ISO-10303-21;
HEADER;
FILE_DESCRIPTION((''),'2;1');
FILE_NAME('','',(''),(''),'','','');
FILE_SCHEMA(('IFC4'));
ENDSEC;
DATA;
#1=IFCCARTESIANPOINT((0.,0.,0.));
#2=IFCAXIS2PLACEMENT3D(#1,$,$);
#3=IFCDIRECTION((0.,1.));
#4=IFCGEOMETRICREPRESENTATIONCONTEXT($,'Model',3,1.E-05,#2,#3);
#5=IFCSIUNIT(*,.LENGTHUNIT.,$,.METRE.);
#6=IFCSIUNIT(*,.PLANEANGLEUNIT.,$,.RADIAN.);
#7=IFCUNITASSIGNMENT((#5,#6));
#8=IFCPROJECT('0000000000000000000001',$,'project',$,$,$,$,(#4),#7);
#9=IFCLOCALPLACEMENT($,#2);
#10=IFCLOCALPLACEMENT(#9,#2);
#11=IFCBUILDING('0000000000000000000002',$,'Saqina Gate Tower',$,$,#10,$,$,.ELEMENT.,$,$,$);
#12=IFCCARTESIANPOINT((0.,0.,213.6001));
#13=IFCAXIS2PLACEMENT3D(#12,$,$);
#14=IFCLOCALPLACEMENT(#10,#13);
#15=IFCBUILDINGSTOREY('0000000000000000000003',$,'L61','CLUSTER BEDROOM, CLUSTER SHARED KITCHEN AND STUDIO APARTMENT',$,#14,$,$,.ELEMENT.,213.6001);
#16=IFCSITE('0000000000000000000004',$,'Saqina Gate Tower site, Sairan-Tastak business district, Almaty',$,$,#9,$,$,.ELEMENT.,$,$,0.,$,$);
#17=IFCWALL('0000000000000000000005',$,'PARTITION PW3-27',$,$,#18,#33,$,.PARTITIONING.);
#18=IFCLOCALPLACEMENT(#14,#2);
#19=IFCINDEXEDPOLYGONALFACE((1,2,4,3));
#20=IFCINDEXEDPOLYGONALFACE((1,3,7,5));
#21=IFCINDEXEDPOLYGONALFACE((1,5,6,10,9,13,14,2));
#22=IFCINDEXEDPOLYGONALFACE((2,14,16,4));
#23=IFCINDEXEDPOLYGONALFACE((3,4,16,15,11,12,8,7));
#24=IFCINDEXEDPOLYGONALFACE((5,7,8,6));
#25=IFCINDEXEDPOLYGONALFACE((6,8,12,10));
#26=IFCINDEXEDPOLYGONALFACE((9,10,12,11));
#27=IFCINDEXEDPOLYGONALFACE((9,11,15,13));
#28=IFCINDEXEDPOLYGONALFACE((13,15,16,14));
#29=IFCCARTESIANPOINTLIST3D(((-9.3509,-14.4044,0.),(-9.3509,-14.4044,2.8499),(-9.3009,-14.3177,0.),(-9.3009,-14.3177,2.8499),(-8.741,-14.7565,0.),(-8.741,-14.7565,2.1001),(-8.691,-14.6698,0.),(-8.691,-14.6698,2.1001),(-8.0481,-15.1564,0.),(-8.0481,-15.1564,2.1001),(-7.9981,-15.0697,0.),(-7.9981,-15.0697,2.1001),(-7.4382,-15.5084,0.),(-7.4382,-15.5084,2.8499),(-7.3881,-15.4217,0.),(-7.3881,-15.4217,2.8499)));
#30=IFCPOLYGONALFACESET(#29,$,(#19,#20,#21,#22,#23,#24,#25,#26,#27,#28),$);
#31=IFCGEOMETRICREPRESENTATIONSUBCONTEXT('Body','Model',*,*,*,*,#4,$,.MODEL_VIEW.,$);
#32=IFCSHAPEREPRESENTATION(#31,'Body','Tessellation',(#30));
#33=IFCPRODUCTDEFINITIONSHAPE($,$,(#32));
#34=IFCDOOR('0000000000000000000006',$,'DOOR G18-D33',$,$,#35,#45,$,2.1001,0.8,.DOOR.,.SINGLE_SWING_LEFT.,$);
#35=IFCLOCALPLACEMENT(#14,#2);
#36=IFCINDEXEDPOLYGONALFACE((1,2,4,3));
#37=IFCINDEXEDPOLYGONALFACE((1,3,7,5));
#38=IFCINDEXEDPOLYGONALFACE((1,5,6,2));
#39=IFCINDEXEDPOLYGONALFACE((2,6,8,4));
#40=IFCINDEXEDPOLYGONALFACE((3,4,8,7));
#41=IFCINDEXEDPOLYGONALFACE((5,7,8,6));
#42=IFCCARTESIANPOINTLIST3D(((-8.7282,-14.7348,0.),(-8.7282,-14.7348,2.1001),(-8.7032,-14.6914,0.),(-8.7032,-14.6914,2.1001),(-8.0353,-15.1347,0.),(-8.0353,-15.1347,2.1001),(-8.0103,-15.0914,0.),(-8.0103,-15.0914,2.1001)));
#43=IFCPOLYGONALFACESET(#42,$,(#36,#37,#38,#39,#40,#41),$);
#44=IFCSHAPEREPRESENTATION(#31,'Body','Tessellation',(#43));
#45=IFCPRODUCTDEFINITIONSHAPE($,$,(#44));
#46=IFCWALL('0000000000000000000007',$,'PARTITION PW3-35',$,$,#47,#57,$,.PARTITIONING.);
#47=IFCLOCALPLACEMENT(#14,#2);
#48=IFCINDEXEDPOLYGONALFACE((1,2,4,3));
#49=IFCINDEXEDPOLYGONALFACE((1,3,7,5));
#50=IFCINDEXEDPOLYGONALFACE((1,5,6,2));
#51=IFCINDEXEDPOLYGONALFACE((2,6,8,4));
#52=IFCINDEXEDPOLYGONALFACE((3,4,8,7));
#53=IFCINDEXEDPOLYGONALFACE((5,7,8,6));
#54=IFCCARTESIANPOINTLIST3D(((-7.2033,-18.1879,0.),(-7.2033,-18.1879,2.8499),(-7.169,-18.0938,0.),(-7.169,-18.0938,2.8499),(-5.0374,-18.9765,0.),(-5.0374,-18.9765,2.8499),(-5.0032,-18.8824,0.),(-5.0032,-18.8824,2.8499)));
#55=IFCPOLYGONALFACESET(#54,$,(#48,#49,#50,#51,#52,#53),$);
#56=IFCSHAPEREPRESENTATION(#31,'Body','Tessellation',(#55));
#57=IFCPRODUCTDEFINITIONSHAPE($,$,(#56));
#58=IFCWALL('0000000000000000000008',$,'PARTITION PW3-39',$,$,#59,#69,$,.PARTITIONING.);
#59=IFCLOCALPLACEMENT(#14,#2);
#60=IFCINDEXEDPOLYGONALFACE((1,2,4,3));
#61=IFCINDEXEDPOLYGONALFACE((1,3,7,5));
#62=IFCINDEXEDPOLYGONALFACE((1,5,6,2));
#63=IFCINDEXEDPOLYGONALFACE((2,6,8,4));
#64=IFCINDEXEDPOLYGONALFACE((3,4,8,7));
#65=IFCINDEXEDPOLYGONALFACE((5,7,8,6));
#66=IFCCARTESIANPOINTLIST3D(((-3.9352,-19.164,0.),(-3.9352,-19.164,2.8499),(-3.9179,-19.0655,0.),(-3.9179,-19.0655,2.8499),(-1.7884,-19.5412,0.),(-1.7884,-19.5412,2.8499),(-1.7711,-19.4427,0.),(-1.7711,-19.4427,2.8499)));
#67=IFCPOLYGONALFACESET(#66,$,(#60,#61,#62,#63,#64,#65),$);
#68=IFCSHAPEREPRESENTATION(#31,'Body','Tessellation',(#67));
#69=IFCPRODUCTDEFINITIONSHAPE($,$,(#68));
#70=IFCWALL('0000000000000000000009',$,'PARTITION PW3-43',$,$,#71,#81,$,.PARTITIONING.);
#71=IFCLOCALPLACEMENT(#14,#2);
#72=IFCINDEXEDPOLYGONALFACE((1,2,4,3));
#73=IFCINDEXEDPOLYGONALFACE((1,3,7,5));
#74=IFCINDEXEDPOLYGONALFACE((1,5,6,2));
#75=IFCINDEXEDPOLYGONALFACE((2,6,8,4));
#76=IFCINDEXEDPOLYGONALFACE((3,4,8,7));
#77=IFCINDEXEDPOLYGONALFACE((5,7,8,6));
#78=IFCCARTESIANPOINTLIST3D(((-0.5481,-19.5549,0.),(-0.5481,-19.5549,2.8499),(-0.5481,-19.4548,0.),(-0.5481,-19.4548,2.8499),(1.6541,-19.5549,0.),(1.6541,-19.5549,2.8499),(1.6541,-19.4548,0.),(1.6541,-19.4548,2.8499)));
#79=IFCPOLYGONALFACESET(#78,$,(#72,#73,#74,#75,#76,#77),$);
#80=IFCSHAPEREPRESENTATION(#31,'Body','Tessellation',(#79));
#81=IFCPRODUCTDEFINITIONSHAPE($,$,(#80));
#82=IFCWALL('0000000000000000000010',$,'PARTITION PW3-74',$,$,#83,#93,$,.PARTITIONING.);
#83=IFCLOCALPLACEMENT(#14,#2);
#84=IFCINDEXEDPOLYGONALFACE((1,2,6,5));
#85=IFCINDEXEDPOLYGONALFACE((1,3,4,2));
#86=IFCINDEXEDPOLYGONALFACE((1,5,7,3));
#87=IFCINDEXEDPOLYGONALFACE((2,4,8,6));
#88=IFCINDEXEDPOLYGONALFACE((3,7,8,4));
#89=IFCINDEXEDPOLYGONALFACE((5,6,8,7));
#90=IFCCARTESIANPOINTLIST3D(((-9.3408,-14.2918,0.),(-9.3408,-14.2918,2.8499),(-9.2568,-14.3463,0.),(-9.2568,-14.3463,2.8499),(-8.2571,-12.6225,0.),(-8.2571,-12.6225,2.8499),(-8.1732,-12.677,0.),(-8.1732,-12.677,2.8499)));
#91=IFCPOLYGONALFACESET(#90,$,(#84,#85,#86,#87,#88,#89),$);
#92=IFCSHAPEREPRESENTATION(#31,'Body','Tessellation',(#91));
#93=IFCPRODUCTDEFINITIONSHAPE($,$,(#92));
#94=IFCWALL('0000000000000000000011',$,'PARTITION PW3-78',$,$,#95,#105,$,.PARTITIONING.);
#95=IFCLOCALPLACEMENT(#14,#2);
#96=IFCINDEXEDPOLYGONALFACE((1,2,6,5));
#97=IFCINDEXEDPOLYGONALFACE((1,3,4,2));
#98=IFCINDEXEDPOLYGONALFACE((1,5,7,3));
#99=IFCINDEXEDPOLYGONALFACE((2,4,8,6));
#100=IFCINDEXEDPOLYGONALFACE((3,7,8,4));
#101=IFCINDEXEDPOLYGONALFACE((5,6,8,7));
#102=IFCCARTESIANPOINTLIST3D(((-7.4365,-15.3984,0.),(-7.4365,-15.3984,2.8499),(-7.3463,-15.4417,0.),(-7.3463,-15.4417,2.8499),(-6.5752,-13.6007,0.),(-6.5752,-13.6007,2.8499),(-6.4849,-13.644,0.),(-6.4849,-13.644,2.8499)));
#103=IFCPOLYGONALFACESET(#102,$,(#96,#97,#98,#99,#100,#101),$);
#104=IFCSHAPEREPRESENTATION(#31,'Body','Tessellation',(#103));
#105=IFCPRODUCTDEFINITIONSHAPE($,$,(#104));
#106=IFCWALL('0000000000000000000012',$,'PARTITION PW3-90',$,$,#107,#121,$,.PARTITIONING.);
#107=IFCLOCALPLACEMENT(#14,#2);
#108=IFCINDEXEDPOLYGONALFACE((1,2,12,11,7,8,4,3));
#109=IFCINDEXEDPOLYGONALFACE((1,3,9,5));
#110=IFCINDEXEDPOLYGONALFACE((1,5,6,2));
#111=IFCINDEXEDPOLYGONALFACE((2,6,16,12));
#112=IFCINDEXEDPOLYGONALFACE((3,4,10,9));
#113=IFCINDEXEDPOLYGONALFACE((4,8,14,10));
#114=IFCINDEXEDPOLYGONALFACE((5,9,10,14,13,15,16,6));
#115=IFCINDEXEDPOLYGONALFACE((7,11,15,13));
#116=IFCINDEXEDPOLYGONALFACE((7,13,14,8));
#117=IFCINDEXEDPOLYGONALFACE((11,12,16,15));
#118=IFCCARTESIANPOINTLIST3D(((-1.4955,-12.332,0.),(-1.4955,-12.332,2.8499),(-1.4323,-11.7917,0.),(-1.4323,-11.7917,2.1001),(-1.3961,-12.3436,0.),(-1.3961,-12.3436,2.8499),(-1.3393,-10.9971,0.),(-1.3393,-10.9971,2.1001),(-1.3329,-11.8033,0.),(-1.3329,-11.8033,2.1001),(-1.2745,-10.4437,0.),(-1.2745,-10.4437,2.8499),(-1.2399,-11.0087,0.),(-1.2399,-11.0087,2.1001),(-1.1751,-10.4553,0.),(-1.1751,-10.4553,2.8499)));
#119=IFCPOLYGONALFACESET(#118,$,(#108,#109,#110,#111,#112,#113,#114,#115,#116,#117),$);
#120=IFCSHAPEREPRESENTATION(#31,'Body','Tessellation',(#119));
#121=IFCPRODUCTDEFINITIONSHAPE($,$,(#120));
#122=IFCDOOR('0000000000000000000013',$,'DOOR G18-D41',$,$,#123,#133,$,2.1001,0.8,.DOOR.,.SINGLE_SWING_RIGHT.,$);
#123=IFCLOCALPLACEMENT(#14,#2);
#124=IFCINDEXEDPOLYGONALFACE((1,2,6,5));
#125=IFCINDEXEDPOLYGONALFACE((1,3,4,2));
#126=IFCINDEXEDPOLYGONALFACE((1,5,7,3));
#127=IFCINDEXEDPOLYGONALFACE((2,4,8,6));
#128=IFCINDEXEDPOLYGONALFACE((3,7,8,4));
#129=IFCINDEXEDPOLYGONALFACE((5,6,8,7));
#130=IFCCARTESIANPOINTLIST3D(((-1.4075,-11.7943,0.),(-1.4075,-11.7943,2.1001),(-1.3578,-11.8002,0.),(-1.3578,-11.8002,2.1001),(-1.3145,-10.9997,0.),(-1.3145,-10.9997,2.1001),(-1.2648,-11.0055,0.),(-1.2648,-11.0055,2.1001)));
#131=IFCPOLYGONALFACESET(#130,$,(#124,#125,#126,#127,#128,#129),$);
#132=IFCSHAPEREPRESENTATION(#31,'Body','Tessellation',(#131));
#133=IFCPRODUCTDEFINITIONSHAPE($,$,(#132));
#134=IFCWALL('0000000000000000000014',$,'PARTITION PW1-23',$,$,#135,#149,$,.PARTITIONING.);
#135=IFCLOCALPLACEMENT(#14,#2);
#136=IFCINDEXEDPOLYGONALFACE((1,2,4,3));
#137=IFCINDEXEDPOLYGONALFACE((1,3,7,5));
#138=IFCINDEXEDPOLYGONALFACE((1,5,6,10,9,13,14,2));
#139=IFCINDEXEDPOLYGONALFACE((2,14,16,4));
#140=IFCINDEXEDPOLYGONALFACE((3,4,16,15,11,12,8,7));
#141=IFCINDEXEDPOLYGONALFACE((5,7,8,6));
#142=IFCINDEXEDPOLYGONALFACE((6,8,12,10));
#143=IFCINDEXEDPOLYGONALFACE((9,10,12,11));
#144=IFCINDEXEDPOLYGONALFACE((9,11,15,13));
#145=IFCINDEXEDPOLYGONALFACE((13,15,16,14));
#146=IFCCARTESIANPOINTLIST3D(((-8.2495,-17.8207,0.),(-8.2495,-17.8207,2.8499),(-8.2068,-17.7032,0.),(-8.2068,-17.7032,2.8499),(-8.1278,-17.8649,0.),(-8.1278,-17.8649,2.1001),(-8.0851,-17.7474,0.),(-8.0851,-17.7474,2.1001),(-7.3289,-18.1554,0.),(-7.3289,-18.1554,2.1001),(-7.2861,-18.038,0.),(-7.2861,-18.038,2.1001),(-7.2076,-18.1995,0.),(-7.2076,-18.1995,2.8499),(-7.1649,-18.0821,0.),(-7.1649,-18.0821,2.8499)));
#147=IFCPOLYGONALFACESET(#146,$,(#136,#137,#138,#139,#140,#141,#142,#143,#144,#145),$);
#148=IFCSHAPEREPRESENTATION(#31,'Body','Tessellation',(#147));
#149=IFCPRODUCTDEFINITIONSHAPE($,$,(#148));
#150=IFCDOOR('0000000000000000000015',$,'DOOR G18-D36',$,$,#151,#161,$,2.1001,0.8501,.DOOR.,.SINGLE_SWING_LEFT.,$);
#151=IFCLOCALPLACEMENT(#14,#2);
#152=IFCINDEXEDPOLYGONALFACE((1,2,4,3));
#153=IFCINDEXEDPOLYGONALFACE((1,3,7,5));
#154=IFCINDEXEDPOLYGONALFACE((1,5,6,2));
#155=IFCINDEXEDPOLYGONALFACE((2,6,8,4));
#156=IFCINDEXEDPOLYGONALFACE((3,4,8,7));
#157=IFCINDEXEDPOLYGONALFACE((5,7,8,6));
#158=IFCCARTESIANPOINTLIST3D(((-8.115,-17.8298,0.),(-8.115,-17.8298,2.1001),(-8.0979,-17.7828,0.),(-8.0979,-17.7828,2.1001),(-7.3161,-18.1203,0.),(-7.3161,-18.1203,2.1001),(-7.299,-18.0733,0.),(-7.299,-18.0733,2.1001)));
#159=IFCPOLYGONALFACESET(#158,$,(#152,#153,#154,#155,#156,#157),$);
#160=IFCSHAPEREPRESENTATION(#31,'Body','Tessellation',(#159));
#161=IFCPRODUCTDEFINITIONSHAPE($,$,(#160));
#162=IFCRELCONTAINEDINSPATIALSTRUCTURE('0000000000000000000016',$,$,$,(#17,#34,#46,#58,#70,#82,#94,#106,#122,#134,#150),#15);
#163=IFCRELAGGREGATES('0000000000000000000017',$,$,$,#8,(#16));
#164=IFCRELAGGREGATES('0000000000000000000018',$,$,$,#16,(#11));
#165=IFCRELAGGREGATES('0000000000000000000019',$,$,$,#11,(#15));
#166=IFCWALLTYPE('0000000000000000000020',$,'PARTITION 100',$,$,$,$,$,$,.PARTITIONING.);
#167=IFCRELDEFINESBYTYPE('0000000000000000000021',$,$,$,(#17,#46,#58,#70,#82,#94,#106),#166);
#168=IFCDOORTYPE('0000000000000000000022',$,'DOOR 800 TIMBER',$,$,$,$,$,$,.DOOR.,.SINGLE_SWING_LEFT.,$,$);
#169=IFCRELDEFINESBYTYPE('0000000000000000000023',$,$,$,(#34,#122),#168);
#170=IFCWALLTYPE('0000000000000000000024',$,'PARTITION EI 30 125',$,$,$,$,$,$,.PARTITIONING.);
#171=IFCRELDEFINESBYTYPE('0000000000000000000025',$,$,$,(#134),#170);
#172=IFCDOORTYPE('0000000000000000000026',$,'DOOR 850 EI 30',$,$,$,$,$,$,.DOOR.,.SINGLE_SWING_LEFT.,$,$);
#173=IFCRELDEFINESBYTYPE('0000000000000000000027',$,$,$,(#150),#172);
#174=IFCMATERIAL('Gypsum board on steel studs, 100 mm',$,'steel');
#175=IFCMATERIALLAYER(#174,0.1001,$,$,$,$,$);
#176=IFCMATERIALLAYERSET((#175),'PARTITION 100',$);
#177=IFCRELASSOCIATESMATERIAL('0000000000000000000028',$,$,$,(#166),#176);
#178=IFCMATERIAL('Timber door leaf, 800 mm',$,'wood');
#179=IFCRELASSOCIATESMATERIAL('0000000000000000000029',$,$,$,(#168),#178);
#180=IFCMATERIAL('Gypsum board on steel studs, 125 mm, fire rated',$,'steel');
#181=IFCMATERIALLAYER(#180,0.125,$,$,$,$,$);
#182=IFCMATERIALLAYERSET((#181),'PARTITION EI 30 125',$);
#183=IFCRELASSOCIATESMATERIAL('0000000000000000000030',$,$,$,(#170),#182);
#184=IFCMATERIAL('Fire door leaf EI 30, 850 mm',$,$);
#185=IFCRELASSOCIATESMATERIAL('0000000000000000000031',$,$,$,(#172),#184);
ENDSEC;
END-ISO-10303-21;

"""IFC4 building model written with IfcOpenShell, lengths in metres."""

from ifc_helpers import new_model, si_unit, direction, frame, frame_2d, origin, place, context, subcontext, project, spatial, rectangle, extrude, material, layer, layer_set, type_object, element, fill, save


model = new_model("IFC4")

# Units and contexts
model_context = context("Model", 3, precision=1e-05, world=origin(), true_north=direction((0.0, 1.0)))
body_context = subcontext(model_context, "Body", "Model", "MODEL_VIEW")
ifc_project = project(units=[si_unit("LENGTHUNIT", "METRE"), si_unit("PLANEANGLEUNIT", "RADIAN")], contexts=[model_context])

# Site, building, storey
site_placement = place(None, origin())
site = spatial("IfcSite", under=ifc_project, at=site_placement, Name="Saqina Gate Tower site, Sairan-Tastak business district, Almaty", CompositionType="ELEMENT", RefElevation=0.0)
building_placement = place(site_placement, origin())
building = spatial("IfcBuilding", under=site, at=building_placement, Name="Saqina Gate Tower", CompositionType="ELEMENT")
storey_placement = place(building_placement, frame((0.0, 0.0, 213.6001)))
storey = spatial("IfcBuildingStorey", under=building, at=storey_placement, Name="L61", Description="CLUSTER BEDROOM, CLUSTER SHARED KITCHEN AND STUDIO APARTMENT", CompositionType="ELEMENT", Elevation=213.6001)

# Wall, opening, door
ifc_material_1 = material(Name="Gypsum board on steel studs, 100 mm", Category="steel")
ifc_layer_1 = layer(ifc_material_1, 0.1001)
ifc_layer_set_1 = layer_set([ifc_layer_1], Name="PARTITION 100")
wall_type_1 = type_object("IfcWallType", Name="PARTITION 100", PredefinedType="PARTITIONING", material=ifc_layer_set_1)
wall_1_placement = place(storey_placement, frame((-9.3259, -14.3611, 0.0), z_axis=(0.0, 0.0, 1.0), x_axis=(0.866099, -0.499872, 0.0)))
wall_1 = element("IfcWall", 1, at=wall_1_placement, inside=storey, type_object=wall_type_1, Name="PARTITION PW3-27", PredefinedType="PARTITIONING", context=body_context, shape_type="SweptSolid", body=[
    extrude(rectangle(XDim=2.2085, YDim=0.1001, at=frame_2d((1.1042, 0.0))), origin(), (0.0, 0.0, 1.0), 2.8499),
])
opening_1_placement = place(wall_1_placement, frame((0.7043, 0.0, 0.0)))
opening_1 = element("IfcOpeningElement", 2, at=opening_1_placement, cuts=wall_1, PredefinedType="OPENING", context=body_context, shape_type="SweptSolid", body=[
    extrude(rectangle(XDim=0.8, YDim=2.1001, at=frame_2d((0.3999, 1.05))), frame((0.0, 0.062, 0.0), z_axis=(0.0, -1.0, 0.0), x_axis=(1.0, 0.0, 0.0)), (0.0, 0.0, 1.0), 0.124),
])
ifc_material_2 = material(Name="Timber door leaf, 800 mm", Category="wood")
door_type_1 = type_object("IfcDoorType", Name="DOOR 800 TIMBER", OperationType="SINGLE_SWING_LEFT", PredefinedType="DOOR", material=ifc_material_2)
door_1_placement = place(opening_1_placement, frame((0.8, 0.0, 0.0), z_axis=(0.0, 0.0, 1.0), x_axis=(-1.0, 0.0, 0.0)))
door_1 = element("IfcDoor", 3, at=door_1_placement, inside=storey, type_object=door_type_1, Name="DOOR G18-D33", OperationType="SINGLE_SWING_LEFT", OverallHeight=2.1001, OverallWidth=0.8, PredefinedType="DOOR", context=body_context, shape_type="SweptSolid", body=[
    extrude(rectangle(XDim=0.8, YDim=2.1001, at=frame_2d((0.3999, 1.05))), frame((0.0, 0.0249, 0.0), z_axis=(0.0, -1.0, 0.0), x_axis=(1.0, 0.0, 0.0)), (0.0, 0.0, 1.0), 0.05),
])
fill(opening_1, door_1)

# Walls
wall_2_placement = place(storey_placement, frame((-7.186, -18.1409, 0.0), z_axis=(0.0, 0.0, 1.0), x_axis=(0.939651, -0.342134, 0.0)))
element("IfcWall", 4, at=wall_2_placement, inside=storey, type_object=wall_type_1, Name="PARTITION PW3-35", PredefinedType="PARTITIONING", context=body_context, shape_type="SweptSolid", body=[
    extrude(rectangle(XDim=2.3049, YDim=0.1001, at=frame_2d((1.1523, 0.0))), origin(), (0.0, 0.0, 1.0), 2.8499),
])
wall_3_placement = place(storey_placement, frame((-3.9265, -19.1147, 0.0), z_axis=(0.0, 0.0, 1.0), x_axis=(0.984912, -0.173057, 0.0)))
element("IfcWall", 5, at=wall_3_placement, inside=storey, type_object=wall_type_1, Name="PARTITION PW3-39", PredefinedType="PARTITIONING", context=body_context, shape_type="SweptSolid", body=[
    extrude(rectangle(XDim=2.1797, YDim=0.1001, at=frame_2d((1.0898, 0.0))), origin(), (0.0, 0.0, 1.0), 2.8499),
])
wall_4_placement = place(storey_placement, frame((-0.5481, -19.5049, 0.0), z_axis=(0.0, 0.0, 1.0), x_axis=(1.0, 0.0, 0.0)))
element("IfcWall", 6, at=wall_4_placement, inside=storey, type_object=wall_type_1, Name="PARTITION PW3-43", PredefinedType="PARTITIONING", context=body_context, shape_type="SweptSolid", body=[
    extrude(rectangle(XDim=2.2021, YDim=0.1001, at=frame_2d((1.1011, 0.0))), origin(), (0.0, 0.0, 1.0), 2.8499),
])
wall_5_placement = place(storey_placement, frame((-9.2988, -14.3191, 0.0), z_axis=(0.0, 0.0, 1.0), x_axis=(0.544497, 0.838763, 0.0)))
element("IfcWall", 7, at=wall_5_placement, inside=storey, type_object=wall_type_1, Name="PARTITION PW3-74", PredefinedType="PARTITIONING", context=body_context, shape_type="SweptSolid", body=[
    extrude(rectangle(XDim=1.9902, YDim=0.1001, at=frame_2d((0.9951, 0.0))), origin(), (0.0, 0.0, 1.0), 2.8499),
])
wall_6_placement = place(storey_placement, frame((-7.3914, -15.4199, 0.0), z_axis=(0.0, 0.0, 1.0), x_axis=(0.43211, 0.901821, 0.0)))
element("IfcWall", 8, at=wall_6_placement, inside=storey, type_object=wall_type_1, Name="PARTITION PW3-78", PredefinedType="PARTITIONING", context=body_context, shape_type="SweptSolid", body=[
    extrude(rectangle(XDim=1.9934, YDim=0.1001, at=frame_2d((0.9966, 0.0))), origin(), (0.0, 0.0, 1.0), 2.8499),
])

# Walls, openings, doors
wall_7_placement = place(storey_placement, frame((-1.4458, -12.3379, 0.0), z_axis=(0.0, 0.0, 1.0), x_axis=(0.116223, 0.993223, 0.0)))
wall_7 = element("IfcWall", 9, at=wall_7_placement, inside=storey, type_object=wall_type_1, Name="PARTITION PW3-90", PredefinedType="PARTITIONING", context=body_context, shape_type="SweptSolid", body=[
    extrude(rectangle(XDim=1.9011, YDim=0.1001, at=frame_2d((0.9507, 0.0))), origin(), (0.0, 0.0, 1.0), 2.8499),
])
opening_2_placement = place(wall_7_placement, frame((0.5442, 0.0, 0.0)))
opening_2 = element("IfcOpeningElement", 10, at=opening_2_placement, cuts=wall_7, PredefinedType="OPENING", context=body_context, shape_type="SweptSolid", body=[
    extrude(rectangle(XDim=0.8, YDim=2.1001, at=frame_2d((0.3999, 1.05))), frame((0.0, 0.062, 0.0), z_axis=(0.0, -1.0, 0.0), x_axis=(1.0, 0.0, 0.0)), (0.0, 0.0, 1.0), 0.124),
])
door_2_placement = place(opening_2_placement, frame((0.8, 0.0, 0.0), z_axis=(0.0, 0.0, 1.0), x_axis=(-1.0, 0.0, 0.0)))
door_2 = element("IfcDoor", 11, at=door_2_placement, inside=storey, type_object=door_type_1, Name="DOOR G18-D41", OperationType="SINGLE_SWING_RIGHT", OverallHeight=2.1001, OverallWidth=0.8, PredefinedType="DOOR", context=body_context, shape_type="SweptSolid", body=[
    extrude(rectangle(XDim=0.8, YDim=2.1001, at=frame_2d((0.3999, 1.05))), frame((0.0, 0.0249, 0.0), z_axis=(0.0, -1.0, 0.0), x_axis=(1.0, 0.0, 0.0)), (0.0, 0.0, 1.0), 0.05),
])
fill(opening_2, door_2)
ifc_material_3 = material(Name="Gypsum board on steel studs, 125 mm, fire rated", Category="steel")
ifc_layer_2 = layer(ifc_material_3, 0.125)
ifc_layer_set_2 = layer_set([ifc_layer_2], Name="PARTITION EI 30 125")
wall_type_2 = type_object("IfcWallType", Name="PARTITION EI 30 125", PredefinedType="PARTITIONING", material=ifc_layer_set_2)
wall_8_placement = place(storey_placement, frame((-8.228, -17.762, 0.0), z_axis=(0.0, 0.0, 1.0), x_axis=(0.939793, -0.341743, 0.0)))
wall_8 = element("IfcWall", 12, at=wall_8_placement, inside=storey, type_object=wall_type_2, Name="PARTITION PW1-23", PredefinedType="PARTITIONING", context=body_context, shape_type="SweptSolid", body=[
    extrude(rectangle(XDim=1.1086, YDim=0.125, at=frame_2d((0.5542, 0.0))), origin(), (0.0, 0.0, 1.0), 2.8499),
])
opening_3_placement = place(wall_8_placement, frame((0.1294, 0.0, 0.0)))
opening_3 = element("IfcOpeningElement", 13, at=opening_3_placement, cuts=wall_8, PredefinedType="OPENING", context=body_context, shape_type="SweptSolid", body=[
    extrude(rectangle(XDim=0.8501, YDim=2.1001, at=frame_2d((0.425, 1.05))), frame((0.0, 0.0745, 0.0), z_axis=(0.0, -1.0, 0.0), x_axis=(1.0, 0.0, 0.0)), (0.0, 0.0, 1.0), 0.1489),
])
ifc_material_4 = material(Name="Fire door leaf EI 30, 850 mm")
door_type_2 = type_object("IfcDoorType", Name="DOOR 850 EI 30", OperationType="SINGLE_SWING_LEFT", PredefinedType="DOOR", material=ifc_material_4)
door_3_placement = place(opening_3_placement, origin())
door_3 = element("IfcDoor", 14, at=door_3_placement, inside=storey, type_object=door_type_2, Name="DOOR G18-D36", OperationType="SINGLE_SWING_LEFT", OverallHeight=2.1001, OverallWidth=0.8501, PredefinedType="DOOR", context=body_context, shape_type="SweptSolid", body=[
    extrude(rectangle(XDim=0.8501, YDim=2.1001, at=frame_2d((0.425, 1.05))), frame((0.0, 0.0249, 0.0), z_axis=(0.0, -1.0, 0.0), x_axis=(1.0, 0.0, 0.0)), (0.0, 0.0, 1.0), 0.05),
])
fill(opening_3, door_3)

save(model, "model.ifc")
